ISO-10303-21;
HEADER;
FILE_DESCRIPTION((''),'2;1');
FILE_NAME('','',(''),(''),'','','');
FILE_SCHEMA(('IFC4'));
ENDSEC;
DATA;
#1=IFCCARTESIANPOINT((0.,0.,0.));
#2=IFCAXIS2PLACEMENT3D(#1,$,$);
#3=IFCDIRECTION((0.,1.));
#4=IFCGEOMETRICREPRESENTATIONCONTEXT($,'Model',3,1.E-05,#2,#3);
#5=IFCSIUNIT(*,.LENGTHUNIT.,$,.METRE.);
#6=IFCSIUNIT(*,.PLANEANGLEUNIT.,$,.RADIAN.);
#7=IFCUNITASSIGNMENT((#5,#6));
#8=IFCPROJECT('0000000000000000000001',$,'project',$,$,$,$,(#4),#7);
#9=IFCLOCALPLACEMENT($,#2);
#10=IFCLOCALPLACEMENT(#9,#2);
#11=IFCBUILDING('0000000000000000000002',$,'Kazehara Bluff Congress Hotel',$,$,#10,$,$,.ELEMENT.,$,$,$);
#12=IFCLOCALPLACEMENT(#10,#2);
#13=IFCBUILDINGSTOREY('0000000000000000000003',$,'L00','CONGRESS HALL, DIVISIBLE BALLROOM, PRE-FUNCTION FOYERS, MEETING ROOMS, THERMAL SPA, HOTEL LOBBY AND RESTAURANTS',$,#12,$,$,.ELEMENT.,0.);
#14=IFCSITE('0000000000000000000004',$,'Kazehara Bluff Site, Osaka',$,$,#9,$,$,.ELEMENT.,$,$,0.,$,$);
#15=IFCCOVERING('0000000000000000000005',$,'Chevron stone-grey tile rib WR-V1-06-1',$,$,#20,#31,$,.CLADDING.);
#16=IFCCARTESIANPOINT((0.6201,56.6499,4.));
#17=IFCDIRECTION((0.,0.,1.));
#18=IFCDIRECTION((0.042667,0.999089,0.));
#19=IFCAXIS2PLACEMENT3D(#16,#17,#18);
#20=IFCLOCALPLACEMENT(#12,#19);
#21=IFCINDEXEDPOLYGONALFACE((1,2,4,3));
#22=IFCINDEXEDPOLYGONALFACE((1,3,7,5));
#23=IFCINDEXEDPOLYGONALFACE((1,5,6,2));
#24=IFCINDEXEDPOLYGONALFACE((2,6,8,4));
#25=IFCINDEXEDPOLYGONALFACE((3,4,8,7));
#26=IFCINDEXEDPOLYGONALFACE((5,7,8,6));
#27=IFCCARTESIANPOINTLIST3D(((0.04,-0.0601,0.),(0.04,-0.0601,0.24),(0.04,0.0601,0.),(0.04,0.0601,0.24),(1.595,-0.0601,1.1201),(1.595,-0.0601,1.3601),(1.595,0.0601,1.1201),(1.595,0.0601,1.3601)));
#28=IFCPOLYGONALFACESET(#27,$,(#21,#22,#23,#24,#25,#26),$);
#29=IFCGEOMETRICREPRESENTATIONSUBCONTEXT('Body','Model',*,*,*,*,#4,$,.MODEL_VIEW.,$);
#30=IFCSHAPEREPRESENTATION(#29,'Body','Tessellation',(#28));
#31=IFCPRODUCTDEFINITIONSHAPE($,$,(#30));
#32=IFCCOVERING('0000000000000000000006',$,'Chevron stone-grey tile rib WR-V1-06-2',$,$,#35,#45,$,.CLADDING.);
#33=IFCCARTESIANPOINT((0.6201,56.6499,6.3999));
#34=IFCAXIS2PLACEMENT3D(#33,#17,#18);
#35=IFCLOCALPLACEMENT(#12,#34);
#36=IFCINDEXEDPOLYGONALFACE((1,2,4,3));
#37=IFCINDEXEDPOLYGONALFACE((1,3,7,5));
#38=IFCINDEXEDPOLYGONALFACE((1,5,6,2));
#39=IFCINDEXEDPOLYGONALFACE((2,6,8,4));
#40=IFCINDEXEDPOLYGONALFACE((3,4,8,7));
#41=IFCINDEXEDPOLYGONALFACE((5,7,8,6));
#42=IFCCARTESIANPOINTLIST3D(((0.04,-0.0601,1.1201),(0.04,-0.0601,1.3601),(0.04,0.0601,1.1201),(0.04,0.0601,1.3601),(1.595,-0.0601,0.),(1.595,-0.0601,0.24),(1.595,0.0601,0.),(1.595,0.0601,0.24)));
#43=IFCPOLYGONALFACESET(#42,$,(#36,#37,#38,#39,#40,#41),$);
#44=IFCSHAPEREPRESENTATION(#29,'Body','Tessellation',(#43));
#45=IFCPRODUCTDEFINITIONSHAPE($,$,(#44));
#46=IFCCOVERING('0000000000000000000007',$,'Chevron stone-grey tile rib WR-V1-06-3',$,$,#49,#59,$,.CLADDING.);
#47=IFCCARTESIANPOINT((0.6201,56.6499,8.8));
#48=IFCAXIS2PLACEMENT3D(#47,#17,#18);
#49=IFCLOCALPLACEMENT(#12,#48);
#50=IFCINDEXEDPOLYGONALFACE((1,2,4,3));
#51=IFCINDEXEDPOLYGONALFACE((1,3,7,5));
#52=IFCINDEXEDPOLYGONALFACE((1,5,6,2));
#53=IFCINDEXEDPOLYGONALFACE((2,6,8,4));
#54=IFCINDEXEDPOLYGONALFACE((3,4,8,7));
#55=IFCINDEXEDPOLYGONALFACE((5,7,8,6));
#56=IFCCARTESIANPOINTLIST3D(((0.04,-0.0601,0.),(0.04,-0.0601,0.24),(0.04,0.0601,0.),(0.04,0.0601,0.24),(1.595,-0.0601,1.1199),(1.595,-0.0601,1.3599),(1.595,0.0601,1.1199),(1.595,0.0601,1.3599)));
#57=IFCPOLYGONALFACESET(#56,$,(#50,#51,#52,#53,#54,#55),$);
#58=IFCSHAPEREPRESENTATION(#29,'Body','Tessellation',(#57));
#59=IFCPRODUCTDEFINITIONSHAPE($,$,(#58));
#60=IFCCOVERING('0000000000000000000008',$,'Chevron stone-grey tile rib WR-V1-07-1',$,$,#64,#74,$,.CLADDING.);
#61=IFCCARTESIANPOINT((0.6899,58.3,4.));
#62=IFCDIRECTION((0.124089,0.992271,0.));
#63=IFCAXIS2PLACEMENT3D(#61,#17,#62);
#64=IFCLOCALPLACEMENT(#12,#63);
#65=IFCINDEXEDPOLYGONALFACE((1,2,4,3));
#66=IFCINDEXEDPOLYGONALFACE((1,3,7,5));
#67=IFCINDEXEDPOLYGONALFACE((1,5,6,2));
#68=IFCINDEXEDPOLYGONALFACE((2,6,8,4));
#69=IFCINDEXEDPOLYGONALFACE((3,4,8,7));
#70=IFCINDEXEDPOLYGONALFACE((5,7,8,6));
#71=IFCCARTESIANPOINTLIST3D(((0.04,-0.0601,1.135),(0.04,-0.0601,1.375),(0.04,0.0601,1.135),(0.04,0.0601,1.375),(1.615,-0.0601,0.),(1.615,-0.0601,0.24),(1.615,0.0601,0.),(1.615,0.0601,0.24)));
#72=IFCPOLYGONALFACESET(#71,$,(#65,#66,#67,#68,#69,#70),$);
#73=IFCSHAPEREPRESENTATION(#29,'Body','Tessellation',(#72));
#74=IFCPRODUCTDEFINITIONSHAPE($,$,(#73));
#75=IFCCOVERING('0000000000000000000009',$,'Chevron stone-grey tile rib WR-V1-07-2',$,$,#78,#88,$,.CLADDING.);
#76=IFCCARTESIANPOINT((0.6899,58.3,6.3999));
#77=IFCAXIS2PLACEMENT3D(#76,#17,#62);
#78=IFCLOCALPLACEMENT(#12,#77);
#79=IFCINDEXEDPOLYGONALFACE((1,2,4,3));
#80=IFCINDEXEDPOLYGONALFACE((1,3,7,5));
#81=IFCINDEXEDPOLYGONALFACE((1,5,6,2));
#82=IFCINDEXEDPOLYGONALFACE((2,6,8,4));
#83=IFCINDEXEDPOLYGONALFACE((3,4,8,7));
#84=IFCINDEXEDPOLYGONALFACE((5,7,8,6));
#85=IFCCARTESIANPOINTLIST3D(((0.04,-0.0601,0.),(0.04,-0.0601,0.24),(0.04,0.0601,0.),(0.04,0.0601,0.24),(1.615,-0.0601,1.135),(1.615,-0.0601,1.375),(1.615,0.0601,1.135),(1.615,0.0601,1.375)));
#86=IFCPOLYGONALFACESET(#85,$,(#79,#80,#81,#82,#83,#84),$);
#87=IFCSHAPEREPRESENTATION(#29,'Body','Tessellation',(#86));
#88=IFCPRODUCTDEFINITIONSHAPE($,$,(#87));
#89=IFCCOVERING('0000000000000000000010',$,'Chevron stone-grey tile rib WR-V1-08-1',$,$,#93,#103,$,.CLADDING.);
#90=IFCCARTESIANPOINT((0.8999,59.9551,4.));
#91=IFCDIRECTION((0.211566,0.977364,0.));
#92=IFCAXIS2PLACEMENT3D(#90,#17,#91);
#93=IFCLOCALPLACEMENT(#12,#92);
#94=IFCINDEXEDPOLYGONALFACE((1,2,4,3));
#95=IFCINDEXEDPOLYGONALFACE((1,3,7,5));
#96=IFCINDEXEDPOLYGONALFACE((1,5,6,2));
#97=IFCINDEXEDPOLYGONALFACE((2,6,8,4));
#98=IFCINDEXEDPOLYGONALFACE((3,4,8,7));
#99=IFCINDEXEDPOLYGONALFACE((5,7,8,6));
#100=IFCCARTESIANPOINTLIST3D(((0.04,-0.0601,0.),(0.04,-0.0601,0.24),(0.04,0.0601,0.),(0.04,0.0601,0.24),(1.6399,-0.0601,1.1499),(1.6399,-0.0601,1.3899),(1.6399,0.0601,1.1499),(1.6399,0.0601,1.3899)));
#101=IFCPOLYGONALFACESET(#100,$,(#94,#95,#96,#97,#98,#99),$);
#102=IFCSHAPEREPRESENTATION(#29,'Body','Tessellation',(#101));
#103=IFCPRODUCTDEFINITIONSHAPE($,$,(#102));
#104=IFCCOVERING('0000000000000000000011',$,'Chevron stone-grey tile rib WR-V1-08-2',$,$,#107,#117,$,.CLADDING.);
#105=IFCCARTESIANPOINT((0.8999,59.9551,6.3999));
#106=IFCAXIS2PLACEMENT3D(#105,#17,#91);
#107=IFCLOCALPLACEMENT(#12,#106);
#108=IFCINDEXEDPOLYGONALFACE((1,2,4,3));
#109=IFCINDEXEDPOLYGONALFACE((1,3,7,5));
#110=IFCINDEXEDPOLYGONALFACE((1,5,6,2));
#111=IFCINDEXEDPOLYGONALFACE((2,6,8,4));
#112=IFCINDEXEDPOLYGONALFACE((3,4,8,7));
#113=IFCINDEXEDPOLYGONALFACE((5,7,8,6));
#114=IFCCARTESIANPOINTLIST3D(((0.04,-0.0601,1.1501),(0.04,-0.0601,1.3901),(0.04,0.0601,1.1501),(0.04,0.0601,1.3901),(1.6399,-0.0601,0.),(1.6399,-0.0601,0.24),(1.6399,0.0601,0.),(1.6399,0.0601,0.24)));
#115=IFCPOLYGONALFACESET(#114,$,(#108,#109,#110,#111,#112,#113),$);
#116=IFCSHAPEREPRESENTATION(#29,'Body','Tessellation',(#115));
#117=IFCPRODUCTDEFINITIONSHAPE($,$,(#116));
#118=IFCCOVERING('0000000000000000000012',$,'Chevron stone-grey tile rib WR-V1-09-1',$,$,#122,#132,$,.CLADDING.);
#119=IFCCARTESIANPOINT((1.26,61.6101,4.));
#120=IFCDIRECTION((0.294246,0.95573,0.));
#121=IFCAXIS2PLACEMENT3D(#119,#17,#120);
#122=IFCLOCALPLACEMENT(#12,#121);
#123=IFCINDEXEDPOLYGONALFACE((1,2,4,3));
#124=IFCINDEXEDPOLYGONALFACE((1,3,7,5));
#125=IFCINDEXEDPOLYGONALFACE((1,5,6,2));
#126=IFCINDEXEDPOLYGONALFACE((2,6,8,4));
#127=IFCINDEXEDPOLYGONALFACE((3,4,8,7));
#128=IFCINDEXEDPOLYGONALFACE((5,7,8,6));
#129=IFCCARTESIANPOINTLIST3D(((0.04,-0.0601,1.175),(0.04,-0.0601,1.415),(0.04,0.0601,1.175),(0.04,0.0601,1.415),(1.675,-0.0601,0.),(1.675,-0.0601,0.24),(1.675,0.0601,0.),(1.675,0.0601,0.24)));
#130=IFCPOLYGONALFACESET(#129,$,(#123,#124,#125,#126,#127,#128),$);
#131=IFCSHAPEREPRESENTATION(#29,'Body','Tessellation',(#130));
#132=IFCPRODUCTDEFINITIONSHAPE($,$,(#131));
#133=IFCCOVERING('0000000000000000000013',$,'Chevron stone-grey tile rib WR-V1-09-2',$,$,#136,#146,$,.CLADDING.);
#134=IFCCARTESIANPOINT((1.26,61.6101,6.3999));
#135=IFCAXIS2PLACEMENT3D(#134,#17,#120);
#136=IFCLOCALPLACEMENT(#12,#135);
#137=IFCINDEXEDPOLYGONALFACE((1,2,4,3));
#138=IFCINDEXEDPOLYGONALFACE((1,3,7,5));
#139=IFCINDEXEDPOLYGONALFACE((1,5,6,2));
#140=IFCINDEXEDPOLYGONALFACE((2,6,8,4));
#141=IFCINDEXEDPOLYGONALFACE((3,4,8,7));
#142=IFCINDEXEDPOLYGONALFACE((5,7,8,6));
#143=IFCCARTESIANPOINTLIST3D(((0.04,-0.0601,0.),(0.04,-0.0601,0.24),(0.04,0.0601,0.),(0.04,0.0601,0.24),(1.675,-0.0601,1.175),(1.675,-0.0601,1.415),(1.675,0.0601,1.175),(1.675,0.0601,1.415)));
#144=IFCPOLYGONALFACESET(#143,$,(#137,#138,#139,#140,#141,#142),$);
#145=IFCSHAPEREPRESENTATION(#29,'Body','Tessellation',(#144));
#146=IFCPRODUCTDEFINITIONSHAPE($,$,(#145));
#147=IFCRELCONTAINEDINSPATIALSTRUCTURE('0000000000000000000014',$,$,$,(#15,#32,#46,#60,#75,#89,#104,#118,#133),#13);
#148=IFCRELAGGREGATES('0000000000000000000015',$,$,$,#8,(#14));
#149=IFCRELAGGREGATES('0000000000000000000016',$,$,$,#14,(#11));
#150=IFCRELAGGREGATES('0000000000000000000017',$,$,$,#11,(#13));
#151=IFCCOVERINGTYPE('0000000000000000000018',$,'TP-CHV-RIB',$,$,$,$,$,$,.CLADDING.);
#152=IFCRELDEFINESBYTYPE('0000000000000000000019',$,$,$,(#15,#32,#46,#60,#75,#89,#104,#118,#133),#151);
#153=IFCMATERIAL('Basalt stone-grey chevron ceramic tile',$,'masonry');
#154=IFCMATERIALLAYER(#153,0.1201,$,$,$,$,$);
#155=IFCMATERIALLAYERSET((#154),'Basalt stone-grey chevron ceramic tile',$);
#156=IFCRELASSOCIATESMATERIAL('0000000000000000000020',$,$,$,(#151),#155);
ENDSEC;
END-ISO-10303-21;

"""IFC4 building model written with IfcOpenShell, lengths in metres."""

from ifc_helpers import new_model, si_unit, direction, frame, origin, place, context, subcontext, project, spatial, polyline, outline, extrude, material, layer, layer_set, type_object, element, save


model = new_model("IFC4")

# Units and contexts
model_context = context("Model", 3, precision=1e-05, world=origin(), true_north=direction((0.0, 1.0)))
body_context = subcontext(model_context, "Body", "Model", "MODEL_VIEW")
ifc_project = project(units=[si_unit("LENGTHUNIT", "METRE"), si_unit("PLANEANGLEUNIT", "RADIAN")], contexts=[model_context])

# Site, building, storey
site_placement = place(None, origin())
site = spatial("IfcSite", under=ifc_project, at=site_placement, Name="Kazehara Bluff Site, Osaka", CompositionType="ELEMENT", RefElevation=0.0)
building_placement = place(site_placement, origin())
building = spatial("IfcBuilding", under=site, at=building_placement, Name="Kazehara Bluff Congress Hotel", CompositionType="ELEMENT")
storey_placement = place(building_placement, origin())
storey = spatial("IfcBuildingStorey", under=building, at=storey_placement, Name="L00", Description="CONGRESS HALL, DIVISIBLE BALLROOM, PRE-FUNCTION FOYERS, MEETING ROOMS, THERMAL SPA, HOTEL LOBBY AND RESTAURANTS", CompositionType="ELEMENT", Elevation=0.0)

# Coverings
ifc_material_1 = material(Name="Basalt stone-grey chevron ceramic tile", Category="masonry")
ifc_layer_1 = layer(ifc_material_1, 0.1201)
ifc_layer_set_1 = layer_set([ifc_layer_1], Name="Basalt stone-grey chevron ceramic tile")
covering_type_1 = type_object("IfcCoveringType", Name="TP-CHV-RIB", PredefinedType="CLADDING", material=ifc_layer_set_1)
covering_1_placement = place(storey_placement, frame((0.6201, 56.6499, 4.0), z_axis=(0.0, 0.0, 1.0), x_axis=(0.042667, 0.999089, 0.0)))
element("IfcCovering", 1, at=covering_1_placement, inside=storey, type_object=covering_type_1, Name="Chevron stone-grey tile rib WR-V1-06-1", PredefinedType="CLADDING", context=body_context, shape_type="SweptSolid", body=[
    extrude(outline(polyline([(0.04, 0.0), (1.595, 1.1201), (1.595, 1.3601), (0.04, 0.24), (0.04, 0.0)])), frame((0.0, 0.0601, 0.0), z_axis=(0.0, -1.0, 0.0), x_axis=(1.0, 0.0, 0.0)), (0.0, 0.0, 1.0), 0.1201),
])
covering_2_placement = place(storey_placement, frame((0.6201, 56.6499, 6.3999), z_axis=(0.0, 0.0, 1.0), x_axis=(0.042667, 0.999089, 0.0)))
element("IfcCovering", 2, at=covering_2_placement, inside=storey, type_object=covering_type_1, Name="Chevron stone-grey tile rib WR-V1-06-2", PredefinedType="CLADDING", context=body_context, shape_type="SweptSolid", body=[
    extrude(outline(polyline([(0.04, 1.1201), (1.595, 0.0), (1.595, 0.24), (0.04, 1.3601), (0.04, 1.1201)])), frame((0.0, 0.0601, 0.0), z_axis=(0.0, -1.0, 0.0), x_axis=(1.0, 0.0, 0.0)), (0.0, 0.0, 1.0), 0.1201),
])
covering_3_placement = place(storey_placement, frame((0.6201, 56.6499, 8.8), z_axis=(0.0, 0.0, 1.0), x_axis=(0.042667, 0.999089, 0.0)))
element("IfcCovering", 3, at=covering_3_placement, inside=storey, type_object=covering_type_1, Name="Chevron stone-grey tile rib WR-V1-06-3", PredefinedType="CLADDING", context=body_context, shape_type="SweptSolid", body=[
    extrude(outline(polyline([(0.04, 0.0), (1.595, 1.1199), (1.595, 1.3599), (0.04, 0.24), (0.04, 0.0)])), frame((0.0, 0.0601, 0.0), z_axis=(0.0, -1.0, 0.0), x_axis=(1.0, 0.0, 0.0)), (0.0, 0.0, 1.0), 0.1201),
])
covering_4_placement = place(storey_placement, frame((0.6899, 58.3, 4.0), z_axis=(0.0, 0.0, 1.0), x_axis=(0.124089, 0.992271, 0.0)))
element("IfcCovering", 4, at=covering_4_placement, inside=storey, type_object=covering_type_1, Name="Chevron stone-grey tile rib WR-V1-07-1", PredefinedType="CLADDING", context=body_context, shape_type="SweptSolid", body=[
    extrude(outline(polyline([(0.04, 1.135), (1.615, 0.0), (1.615, 0.24), (0.04, 1.375), (0.04, 1.135)])), frame((0.0, 0.0601, 0.0), z_axis=(0.0, -1.0, 0.0), x_axis=(1.0, 0.0, 0.0)), (0.0, 0.0, 1.0), 0.1201),
])
covering_5_placement = place(storey_placement, frame((0.6899, 58.3, 6.3999), z_axis=(0.0, 0.0, 1.0), x_axis=(0.124089, 0.992271, 0.0)))
element("IfcCovering", 5, at=covering_5_placement, inside=storey, type_object=covering_type_1, Name="Chevron stone-grey tile rib WR-V1-07-2", PredefinedType="CLADDING", context=body_context, shape_type="SweptSolid", body=[
    extrude(outline(polyline([(0.04, 0.0), (1.615, 1.135), (1.615, 1.375), (0.04, 0.24), (0.04, 0.0)])), frame((0.0, 0.0601, 0.0), z_axis=(0.0, -1.0, 0.0), x_axis=(1.0, 0.0, 0.0)), (0.0, 0.0, 1.0), 0.1201),
])
covering_6_placement = place(storey_placement, frame((0.8999, 59.9551, 4.0), z_axis=(0.0, 0.0, 1.0), x_axis=(0.211566, 0.977364, 0.0)))
element("IfcCovering", 6, at=covering_6_placement, inside=storey, type_object=covering_type_1, Name="Chevron stone-grey tile rib WR-V1-08-1", PredefinedType="CLADDING", context=body_context, shape_type="SweptSolid", body=[
    extrude(outline(polyline([(0.04, 0.0), (1.6399, 1.1499), (1.6399, 1.3899), (0.04, 0.24), (0.04, 0.0)])), frame((0.0, 0.0601, 0.0), z_axis=(0.0, -1.0, 0.0), x_axis=(1.0, 0.0, 0.0)), (0.0, 0.0, 1.0), 0.1201),
])
covering_7_placement = place(storey_placement, frame((0.8999, 59.9551, 6.3999), z_axis=(0.0, 0.0, 1.0), x_axis=(0.211566, 0.977364, 0.0)))
element("IfcCovering", 7, at=covering_7_placement, inside=storey, type_object=covering_type_1, Name="Chevron stone-grey tile rib WR-V1-08-2", PredefinedType="CLADDING", context=body_context, shape_type="SweptSolid", body=[
    extrude(outline(polyline([(0.04, 1.1501), (1.6399, 0.0), (1.6399, 0.24), (0.04, 1.3901), (0.04, 1.1501)])), frame((0.0, 0.0601, 0.0), z_axis=(0.0, -1.0, 0.0), x_axis=(1.0, 0.0, 0.0)), (0.0, 0.0, 1.0), 0.1201),
])
covering_8_placement = place(storey_placement, frame((1.26, 61.6101, 4.0), z_axis=(0.0, 0.0, 1.0), x_axis=(0.294246, 0.95573, 0.0)))
element("IfcCovering", 8, at=covering_8_placement, inside=storey, type_object=covering_type_1, Name="Chevron stone-grey tile rib WR-V1-09-1", PredefinedType="CLADDING", context=body_context, shape_type="SweptSolid", body=[
    extrude(outline(polyline([(0.04, 1.175), (1.675, 0.0), (1.675, 0.24), (0.04, 1.415), (0.04, 1.175)])), frame((0.0, 0.0601, 0.0), z_axis=(0.0, -1.0, 0.0), x_axis=(1.0, 0.0, 0.0)), (0.0, 0.0, 1.0), 0.1201),
])
covering_9_placement = place(storey_placement, frame((1.26, 61.6101, 6.3999), z_axis=(0.0, 0.0, 1.0), x_axis=(0.294246, 0.95573, 0.0)))
element("IfcCovering", 9, at=covering_9_placement, inside=storey, type_object=covering_type_1, Name="Chevron stone-grey tile rib WR-V1-09-2", PredefinedType="CLADDING", context=body_context, shape_type="SweptSolid", body=[
    extrude(outline(polyline([(0.04, 0.0), (1.675, 1.175), (1.675, 1.415), (0.04, 0.24), (0.04, 0.0)])), frame((0.0, 0.0601, 0.0), z_axis=(0.0, -1.0, 0.0), x_axis=(1.0, 0.0, 0.0)), (0.0, 0.0, 1.0), 0.1201),
])

save(model, "model.ifc")
